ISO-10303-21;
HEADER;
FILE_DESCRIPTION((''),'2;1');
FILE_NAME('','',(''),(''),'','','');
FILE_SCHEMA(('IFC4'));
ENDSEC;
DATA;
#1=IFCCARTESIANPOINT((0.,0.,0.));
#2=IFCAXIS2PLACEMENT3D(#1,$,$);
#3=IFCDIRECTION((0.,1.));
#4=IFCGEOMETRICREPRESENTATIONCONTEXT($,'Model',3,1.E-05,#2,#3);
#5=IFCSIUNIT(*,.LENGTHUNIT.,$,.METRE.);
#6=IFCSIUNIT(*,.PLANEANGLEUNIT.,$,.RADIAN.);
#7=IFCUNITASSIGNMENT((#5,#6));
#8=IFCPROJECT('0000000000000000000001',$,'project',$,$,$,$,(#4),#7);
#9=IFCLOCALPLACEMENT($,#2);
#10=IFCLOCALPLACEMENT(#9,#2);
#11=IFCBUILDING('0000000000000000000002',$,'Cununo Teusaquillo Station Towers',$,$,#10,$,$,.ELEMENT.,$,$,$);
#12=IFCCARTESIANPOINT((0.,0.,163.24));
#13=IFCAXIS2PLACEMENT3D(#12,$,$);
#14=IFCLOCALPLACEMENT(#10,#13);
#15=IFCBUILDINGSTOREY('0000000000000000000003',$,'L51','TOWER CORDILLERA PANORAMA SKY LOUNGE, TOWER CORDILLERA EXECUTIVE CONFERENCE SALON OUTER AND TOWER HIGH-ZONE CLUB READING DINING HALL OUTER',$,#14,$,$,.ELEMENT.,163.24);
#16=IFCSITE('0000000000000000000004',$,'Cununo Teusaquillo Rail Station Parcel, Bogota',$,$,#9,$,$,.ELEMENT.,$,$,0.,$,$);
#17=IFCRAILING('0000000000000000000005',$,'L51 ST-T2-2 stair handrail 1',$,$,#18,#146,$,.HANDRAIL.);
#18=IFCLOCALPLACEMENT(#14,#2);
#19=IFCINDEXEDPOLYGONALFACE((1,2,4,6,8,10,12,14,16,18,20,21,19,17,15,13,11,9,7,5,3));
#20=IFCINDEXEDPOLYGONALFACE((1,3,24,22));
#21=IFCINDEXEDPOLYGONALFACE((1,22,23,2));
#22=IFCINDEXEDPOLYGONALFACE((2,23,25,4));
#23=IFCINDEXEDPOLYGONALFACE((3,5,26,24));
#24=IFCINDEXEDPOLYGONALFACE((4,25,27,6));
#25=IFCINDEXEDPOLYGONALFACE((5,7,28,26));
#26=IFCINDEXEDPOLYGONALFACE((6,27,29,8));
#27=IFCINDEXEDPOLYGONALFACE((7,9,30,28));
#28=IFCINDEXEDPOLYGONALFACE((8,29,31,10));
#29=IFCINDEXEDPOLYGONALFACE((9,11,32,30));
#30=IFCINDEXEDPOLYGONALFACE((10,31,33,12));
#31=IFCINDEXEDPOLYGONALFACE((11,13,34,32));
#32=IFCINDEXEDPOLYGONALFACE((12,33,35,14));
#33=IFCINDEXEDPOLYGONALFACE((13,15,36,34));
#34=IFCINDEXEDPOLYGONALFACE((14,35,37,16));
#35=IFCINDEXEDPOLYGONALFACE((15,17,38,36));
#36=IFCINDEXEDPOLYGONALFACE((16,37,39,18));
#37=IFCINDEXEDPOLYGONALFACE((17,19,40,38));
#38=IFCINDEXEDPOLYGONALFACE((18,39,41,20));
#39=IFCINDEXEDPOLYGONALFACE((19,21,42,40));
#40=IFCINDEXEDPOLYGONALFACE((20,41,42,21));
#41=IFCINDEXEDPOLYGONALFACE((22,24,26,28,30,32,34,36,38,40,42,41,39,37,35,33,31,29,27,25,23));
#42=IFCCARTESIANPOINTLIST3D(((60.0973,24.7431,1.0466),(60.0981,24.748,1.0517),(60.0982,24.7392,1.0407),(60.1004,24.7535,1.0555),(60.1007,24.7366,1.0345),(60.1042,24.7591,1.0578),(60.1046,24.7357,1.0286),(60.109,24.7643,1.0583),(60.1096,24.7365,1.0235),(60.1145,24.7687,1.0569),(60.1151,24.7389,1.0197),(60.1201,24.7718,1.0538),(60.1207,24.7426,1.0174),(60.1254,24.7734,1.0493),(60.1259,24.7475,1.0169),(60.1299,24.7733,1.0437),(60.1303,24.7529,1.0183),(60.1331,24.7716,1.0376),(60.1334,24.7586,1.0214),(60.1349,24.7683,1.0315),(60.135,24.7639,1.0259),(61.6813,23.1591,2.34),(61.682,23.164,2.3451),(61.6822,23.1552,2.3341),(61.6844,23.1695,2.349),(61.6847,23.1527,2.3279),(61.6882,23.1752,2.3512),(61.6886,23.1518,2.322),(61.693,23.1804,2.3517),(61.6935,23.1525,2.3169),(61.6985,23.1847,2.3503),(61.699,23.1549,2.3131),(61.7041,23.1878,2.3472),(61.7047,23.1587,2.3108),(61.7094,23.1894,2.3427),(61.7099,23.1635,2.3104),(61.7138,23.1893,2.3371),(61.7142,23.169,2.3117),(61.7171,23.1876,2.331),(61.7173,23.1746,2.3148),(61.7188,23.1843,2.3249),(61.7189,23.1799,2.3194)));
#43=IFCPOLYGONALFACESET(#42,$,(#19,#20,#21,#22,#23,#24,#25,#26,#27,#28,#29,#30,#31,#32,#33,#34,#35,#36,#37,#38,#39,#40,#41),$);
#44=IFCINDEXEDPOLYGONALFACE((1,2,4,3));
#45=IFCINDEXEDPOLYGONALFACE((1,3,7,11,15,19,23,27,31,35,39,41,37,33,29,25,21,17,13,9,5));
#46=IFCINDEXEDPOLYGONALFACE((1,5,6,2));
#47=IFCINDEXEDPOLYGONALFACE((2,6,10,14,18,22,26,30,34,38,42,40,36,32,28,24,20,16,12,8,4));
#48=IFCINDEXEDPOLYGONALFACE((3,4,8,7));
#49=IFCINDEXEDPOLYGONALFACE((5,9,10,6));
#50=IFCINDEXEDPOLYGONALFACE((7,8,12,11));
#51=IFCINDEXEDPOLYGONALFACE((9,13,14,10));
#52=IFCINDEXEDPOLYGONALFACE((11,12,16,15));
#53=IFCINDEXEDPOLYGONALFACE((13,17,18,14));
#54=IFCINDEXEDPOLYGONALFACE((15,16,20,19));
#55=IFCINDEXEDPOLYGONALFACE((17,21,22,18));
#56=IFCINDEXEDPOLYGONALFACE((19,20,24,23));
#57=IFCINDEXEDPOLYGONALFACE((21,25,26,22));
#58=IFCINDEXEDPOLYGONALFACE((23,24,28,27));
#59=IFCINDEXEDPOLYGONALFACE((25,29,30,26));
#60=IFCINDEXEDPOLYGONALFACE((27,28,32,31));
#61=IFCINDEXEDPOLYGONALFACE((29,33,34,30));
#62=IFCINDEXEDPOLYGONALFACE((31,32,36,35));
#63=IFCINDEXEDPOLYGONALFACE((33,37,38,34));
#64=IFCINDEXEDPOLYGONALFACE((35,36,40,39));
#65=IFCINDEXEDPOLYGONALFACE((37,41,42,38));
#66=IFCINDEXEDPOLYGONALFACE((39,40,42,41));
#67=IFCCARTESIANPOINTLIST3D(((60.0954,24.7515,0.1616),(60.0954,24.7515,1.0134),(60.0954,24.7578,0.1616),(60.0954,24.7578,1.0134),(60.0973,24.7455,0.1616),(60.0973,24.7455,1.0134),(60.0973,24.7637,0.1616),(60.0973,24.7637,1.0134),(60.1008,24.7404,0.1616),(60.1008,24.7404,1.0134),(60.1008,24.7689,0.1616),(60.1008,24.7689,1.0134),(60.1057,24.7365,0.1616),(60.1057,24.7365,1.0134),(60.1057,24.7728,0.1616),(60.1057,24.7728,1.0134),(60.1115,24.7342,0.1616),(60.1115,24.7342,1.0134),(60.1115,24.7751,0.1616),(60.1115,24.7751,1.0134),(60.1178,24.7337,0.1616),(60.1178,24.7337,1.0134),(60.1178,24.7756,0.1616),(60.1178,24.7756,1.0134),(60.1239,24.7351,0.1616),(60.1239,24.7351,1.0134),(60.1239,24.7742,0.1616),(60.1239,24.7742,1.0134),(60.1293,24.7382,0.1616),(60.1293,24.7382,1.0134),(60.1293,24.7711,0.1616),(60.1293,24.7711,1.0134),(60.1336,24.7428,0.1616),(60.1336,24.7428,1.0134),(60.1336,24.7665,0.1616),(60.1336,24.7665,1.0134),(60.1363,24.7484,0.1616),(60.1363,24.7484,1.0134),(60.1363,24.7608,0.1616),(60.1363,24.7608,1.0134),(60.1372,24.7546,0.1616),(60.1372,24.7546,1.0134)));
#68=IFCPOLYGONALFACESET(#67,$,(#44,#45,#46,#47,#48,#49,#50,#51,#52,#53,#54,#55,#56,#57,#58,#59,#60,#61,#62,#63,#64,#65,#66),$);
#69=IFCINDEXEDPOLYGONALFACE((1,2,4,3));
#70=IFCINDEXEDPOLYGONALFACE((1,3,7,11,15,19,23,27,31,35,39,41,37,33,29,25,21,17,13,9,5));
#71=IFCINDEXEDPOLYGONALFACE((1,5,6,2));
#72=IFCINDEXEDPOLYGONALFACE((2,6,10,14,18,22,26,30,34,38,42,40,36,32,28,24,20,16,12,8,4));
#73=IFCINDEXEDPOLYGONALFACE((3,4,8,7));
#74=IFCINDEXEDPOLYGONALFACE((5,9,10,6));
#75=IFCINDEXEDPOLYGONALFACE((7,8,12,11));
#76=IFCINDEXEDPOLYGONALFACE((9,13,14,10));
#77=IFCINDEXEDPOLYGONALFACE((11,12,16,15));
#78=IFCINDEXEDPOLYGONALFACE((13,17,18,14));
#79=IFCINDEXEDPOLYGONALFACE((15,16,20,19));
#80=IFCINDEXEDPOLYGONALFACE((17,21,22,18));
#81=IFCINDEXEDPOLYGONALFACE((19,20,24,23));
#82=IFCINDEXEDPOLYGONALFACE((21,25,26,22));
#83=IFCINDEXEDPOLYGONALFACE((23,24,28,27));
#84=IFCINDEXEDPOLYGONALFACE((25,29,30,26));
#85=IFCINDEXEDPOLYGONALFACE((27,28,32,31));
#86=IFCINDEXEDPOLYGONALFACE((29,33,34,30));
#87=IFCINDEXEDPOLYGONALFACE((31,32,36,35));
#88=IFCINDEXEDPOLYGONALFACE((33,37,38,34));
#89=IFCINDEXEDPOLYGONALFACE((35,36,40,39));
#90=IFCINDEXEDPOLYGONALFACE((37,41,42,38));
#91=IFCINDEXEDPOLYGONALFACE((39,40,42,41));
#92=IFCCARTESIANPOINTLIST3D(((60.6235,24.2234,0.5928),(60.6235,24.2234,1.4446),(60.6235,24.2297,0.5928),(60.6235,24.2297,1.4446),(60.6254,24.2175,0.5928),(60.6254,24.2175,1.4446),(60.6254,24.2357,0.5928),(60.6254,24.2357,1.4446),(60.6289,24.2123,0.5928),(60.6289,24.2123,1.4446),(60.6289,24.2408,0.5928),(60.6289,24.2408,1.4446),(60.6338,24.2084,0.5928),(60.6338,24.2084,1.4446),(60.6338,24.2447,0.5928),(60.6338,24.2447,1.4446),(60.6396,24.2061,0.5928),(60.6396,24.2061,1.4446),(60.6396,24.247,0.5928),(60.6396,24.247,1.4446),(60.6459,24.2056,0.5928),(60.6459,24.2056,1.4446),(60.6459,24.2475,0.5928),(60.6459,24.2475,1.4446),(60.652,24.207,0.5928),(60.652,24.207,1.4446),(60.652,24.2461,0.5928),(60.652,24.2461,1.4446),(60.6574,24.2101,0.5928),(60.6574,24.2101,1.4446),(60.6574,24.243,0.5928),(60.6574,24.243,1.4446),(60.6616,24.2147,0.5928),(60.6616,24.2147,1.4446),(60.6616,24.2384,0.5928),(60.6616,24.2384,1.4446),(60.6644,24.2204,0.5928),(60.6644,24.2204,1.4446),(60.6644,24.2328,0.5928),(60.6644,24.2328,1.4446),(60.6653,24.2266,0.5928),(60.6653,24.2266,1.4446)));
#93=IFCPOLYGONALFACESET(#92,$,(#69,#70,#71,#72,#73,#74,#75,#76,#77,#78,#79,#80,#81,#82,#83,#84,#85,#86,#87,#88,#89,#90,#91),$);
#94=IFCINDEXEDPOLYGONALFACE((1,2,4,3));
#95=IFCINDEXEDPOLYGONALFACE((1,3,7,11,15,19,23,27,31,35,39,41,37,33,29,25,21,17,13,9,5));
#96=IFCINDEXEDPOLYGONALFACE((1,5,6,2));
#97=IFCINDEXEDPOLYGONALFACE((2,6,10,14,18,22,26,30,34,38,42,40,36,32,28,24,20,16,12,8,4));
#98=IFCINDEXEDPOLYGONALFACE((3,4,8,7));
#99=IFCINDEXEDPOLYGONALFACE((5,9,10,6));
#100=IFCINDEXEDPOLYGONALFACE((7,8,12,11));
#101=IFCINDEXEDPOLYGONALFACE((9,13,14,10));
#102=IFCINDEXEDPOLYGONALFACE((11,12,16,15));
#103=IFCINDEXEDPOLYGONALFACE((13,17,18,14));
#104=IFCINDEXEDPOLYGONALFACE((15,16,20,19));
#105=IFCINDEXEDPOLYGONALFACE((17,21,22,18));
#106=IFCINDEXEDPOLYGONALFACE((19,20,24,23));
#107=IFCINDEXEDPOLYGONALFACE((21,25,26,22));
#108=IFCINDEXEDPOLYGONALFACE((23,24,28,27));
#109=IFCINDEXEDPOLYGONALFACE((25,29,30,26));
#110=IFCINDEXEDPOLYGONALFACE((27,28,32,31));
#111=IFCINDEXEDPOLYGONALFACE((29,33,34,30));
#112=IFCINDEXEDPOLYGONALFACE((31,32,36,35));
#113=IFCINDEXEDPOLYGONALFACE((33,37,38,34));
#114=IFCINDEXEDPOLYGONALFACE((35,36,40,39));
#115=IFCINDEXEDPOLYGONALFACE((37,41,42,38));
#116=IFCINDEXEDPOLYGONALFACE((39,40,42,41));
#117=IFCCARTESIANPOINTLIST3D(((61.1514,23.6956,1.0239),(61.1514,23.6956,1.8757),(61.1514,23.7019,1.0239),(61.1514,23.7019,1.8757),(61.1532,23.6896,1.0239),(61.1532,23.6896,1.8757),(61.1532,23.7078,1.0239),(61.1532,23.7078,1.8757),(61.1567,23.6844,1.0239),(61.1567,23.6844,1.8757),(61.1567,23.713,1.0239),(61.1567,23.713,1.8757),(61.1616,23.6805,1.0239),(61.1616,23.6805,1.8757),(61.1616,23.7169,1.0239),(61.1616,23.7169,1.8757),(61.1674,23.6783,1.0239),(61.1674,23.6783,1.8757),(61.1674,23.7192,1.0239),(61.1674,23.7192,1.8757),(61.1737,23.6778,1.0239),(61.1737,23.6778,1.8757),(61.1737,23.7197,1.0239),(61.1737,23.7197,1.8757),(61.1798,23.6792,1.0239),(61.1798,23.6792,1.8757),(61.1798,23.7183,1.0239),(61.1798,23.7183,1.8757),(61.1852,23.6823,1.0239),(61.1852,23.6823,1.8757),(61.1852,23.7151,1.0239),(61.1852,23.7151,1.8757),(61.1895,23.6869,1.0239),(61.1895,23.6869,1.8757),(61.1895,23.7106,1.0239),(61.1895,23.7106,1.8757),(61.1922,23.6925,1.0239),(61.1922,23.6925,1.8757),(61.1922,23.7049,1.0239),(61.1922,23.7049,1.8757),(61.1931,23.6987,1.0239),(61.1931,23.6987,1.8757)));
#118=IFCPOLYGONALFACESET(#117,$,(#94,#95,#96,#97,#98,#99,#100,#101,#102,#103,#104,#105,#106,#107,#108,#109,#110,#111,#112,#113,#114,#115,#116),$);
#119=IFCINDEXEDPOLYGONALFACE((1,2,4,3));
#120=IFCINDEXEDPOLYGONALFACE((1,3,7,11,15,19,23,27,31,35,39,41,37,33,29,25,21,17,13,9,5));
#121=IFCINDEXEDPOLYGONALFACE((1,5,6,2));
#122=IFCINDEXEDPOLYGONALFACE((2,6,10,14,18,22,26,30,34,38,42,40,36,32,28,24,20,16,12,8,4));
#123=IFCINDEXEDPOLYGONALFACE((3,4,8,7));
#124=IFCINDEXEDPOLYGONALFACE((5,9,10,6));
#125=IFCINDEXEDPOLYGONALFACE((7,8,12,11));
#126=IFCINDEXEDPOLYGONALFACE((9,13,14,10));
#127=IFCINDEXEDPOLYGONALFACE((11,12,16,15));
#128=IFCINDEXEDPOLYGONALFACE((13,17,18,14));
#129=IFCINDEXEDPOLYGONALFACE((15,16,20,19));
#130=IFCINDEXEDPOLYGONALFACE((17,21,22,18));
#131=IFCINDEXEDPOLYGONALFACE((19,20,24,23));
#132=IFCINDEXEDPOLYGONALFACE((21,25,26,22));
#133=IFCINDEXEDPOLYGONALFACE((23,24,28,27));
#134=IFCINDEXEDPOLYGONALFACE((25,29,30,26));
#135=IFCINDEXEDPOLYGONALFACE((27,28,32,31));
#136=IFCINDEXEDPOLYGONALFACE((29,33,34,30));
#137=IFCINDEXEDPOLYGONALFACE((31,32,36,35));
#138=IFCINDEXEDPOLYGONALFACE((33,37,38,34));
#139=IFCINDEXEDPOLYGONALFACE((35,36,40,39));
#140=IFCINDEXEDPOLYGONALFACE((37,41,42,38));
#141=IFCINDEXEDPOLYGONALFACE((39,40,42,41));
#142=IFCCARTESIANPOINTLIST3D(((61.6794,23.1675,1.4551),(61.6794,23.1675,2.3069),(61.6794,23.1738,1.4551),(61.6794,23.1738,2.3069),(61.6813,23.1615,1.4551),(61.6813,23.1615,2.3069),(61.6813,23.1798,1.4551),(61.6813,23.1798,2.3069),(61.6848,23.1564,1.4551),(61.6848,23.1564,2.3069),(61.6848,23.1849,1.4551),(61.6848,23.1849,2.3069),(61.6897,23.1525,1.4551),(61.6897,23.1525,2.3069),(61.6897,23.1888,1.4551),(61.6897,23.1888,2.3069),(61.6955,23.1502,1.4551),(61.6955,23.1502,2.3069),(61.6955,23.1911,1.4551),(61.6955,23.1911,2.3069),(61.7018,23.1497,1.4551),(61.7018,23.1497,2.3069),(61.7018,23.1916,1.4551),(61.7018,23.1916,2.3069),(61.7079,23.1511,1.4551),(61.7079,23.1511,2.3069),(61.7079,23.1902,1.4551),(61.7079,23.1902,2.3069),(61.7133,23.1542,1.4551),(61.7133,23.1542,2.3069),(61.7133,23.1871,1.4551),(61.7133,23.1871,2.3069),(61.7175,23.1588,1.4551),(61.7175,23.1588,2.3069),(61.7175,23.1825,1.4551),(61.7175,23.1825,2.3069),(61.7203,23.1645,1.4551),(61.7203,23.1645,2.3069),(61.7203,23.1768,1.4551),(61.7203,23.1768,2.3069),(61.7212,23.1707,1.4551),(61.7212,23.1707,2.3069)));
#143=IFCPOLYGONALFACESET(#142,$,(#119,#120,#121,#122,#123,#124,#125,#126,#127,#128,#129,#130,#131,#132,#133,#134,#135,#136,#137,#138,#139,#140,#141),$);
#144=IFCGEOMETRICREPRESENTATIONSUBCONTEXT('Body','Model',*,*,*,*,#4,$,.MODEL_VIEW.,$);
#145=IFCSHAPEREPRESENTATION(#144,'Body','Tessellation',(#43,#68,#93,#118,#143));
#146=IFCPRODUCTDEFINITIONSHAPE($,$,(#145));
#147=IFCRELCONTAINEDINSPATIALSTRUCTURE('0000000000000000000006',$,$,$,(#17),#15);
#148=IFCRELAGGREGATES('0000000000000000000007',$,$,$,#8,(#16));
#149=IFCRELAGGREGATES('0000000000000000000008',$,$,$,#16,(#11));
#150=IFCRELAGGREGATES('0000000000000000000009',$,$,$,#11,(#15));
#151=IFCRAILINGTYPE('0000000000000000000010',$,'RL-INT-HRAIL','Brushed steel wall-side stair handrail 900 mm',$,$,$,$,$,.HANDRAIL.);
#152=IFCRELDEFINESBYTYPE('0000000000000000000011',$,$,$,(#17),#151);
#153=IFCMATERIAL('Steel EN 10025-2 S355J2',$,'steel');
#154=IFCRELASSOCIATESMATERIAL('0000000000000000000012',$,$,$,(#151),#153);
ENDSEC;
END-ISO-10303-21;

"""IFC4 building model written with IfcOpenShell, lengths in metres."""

from ifc_helpers import new_model, si_unit, direction, frame, origin, origin_2d, place, context, subcontext, project, spatial, circle, extrude, material, type_object, element, save


model = new_model("IFC4")

# Units and contexts
model_context = context("Model", 3, precision=1e-05, world=origin(), true_north=direction((0.0, 1.0)))
body_context = subcontext(model_context, "Body", "Model", "MODEL_VIEW")
ifc_project = project(units=[si_unit("LENGTHUNIT", "METRE"), si_unit("PLANEANGLEUNIT", "RADIAN")], contexts=[model_context])

# Site, building, storey
site_placement = place(None, origin())
site = spatial("IfcSite", under=ifc_project, at=site_placement, Name="Cununo Teusaquillo Rail Station Parcel, Bogota", CompositionType="ELEMENT", RefElevation=0.0)
building_placement = place(site_placement, origin())
building = spatial("IfcBuilding", under=site, at=building_placement, Name="Cununo Teusaquillo Station Towers", CompositionType="ELEMENT")
storey_placement = place(building_placement, frame((0.0, 0.0, 163.24)))
storey = spatial("IfcBuildingStorey", under=building, at=storey_placement, Name="L51", Description="TOWER CORDILLERA PANORAMA SKY LOUNGE, TOWER CORDILLERA EXECUTIVE CONFERENCE SALON OUTER AND TOWER HIGH-ZONE CLUB READING DINING HALL OUTER", CompositionType="ELEMENT", Elevation=163.24)

# Railing
ifc_material_1 = material(Name="Steel EN 10025-2 S355J2", Category="steel")
railing_type_1 = type_object("IfcRailingType", Name="RL-INT-HRAIL", Description="Brushed steel wall-side stair handrail 900 mm", PredefinedType="HANDRAIL", material=ifc_material_1)
railing_1_placement = place(storey_placement, frame((60.1162, 24.7546, 0.1616)))
element("IfcRailing", 1, at=railing_1_placement, inside=storey, type_object=railing_type_1, Name="L51 ST-T2-2 stair handrail 1", PredefinedType="HANDRAIL", context=body_context, shape_type="SweptSolid", body=[
    extrude(circle(Radius=0.0239, at=origin_2d()), frame((0.0, 0.0, 0.876), z_axis=(0.612356, -0.612356, 0.50004), x_axis=(0.707107, 0.707107, 0.0)), (0.0, 0.0, 1.0), 2.5867),
    extrude(circle(Radius=0.021, at=origin_2d()), origin(), (0.0, 0.0, 1.0), 0.8518),
    extrude(circle(Radius=0.021, at=origin_2d()), frame((0.5281, -0.5281, 0.4312)), (0.0, 0.0, 1.0), 0.8518),
    extrude(circle(Radius=0.021, at=origin_2d()), frame((1.0559, -1.0559, 0.8623)), (0.0, 0.0, 1.0), 0.8518),
    extrude(circle(Radius=0.021, at=origin_2d()), frame((1.584, -1.584, 1.2935)), (0.0, 0.0, 1.0), 0.8518),
])

save(model, "model.ifc")
